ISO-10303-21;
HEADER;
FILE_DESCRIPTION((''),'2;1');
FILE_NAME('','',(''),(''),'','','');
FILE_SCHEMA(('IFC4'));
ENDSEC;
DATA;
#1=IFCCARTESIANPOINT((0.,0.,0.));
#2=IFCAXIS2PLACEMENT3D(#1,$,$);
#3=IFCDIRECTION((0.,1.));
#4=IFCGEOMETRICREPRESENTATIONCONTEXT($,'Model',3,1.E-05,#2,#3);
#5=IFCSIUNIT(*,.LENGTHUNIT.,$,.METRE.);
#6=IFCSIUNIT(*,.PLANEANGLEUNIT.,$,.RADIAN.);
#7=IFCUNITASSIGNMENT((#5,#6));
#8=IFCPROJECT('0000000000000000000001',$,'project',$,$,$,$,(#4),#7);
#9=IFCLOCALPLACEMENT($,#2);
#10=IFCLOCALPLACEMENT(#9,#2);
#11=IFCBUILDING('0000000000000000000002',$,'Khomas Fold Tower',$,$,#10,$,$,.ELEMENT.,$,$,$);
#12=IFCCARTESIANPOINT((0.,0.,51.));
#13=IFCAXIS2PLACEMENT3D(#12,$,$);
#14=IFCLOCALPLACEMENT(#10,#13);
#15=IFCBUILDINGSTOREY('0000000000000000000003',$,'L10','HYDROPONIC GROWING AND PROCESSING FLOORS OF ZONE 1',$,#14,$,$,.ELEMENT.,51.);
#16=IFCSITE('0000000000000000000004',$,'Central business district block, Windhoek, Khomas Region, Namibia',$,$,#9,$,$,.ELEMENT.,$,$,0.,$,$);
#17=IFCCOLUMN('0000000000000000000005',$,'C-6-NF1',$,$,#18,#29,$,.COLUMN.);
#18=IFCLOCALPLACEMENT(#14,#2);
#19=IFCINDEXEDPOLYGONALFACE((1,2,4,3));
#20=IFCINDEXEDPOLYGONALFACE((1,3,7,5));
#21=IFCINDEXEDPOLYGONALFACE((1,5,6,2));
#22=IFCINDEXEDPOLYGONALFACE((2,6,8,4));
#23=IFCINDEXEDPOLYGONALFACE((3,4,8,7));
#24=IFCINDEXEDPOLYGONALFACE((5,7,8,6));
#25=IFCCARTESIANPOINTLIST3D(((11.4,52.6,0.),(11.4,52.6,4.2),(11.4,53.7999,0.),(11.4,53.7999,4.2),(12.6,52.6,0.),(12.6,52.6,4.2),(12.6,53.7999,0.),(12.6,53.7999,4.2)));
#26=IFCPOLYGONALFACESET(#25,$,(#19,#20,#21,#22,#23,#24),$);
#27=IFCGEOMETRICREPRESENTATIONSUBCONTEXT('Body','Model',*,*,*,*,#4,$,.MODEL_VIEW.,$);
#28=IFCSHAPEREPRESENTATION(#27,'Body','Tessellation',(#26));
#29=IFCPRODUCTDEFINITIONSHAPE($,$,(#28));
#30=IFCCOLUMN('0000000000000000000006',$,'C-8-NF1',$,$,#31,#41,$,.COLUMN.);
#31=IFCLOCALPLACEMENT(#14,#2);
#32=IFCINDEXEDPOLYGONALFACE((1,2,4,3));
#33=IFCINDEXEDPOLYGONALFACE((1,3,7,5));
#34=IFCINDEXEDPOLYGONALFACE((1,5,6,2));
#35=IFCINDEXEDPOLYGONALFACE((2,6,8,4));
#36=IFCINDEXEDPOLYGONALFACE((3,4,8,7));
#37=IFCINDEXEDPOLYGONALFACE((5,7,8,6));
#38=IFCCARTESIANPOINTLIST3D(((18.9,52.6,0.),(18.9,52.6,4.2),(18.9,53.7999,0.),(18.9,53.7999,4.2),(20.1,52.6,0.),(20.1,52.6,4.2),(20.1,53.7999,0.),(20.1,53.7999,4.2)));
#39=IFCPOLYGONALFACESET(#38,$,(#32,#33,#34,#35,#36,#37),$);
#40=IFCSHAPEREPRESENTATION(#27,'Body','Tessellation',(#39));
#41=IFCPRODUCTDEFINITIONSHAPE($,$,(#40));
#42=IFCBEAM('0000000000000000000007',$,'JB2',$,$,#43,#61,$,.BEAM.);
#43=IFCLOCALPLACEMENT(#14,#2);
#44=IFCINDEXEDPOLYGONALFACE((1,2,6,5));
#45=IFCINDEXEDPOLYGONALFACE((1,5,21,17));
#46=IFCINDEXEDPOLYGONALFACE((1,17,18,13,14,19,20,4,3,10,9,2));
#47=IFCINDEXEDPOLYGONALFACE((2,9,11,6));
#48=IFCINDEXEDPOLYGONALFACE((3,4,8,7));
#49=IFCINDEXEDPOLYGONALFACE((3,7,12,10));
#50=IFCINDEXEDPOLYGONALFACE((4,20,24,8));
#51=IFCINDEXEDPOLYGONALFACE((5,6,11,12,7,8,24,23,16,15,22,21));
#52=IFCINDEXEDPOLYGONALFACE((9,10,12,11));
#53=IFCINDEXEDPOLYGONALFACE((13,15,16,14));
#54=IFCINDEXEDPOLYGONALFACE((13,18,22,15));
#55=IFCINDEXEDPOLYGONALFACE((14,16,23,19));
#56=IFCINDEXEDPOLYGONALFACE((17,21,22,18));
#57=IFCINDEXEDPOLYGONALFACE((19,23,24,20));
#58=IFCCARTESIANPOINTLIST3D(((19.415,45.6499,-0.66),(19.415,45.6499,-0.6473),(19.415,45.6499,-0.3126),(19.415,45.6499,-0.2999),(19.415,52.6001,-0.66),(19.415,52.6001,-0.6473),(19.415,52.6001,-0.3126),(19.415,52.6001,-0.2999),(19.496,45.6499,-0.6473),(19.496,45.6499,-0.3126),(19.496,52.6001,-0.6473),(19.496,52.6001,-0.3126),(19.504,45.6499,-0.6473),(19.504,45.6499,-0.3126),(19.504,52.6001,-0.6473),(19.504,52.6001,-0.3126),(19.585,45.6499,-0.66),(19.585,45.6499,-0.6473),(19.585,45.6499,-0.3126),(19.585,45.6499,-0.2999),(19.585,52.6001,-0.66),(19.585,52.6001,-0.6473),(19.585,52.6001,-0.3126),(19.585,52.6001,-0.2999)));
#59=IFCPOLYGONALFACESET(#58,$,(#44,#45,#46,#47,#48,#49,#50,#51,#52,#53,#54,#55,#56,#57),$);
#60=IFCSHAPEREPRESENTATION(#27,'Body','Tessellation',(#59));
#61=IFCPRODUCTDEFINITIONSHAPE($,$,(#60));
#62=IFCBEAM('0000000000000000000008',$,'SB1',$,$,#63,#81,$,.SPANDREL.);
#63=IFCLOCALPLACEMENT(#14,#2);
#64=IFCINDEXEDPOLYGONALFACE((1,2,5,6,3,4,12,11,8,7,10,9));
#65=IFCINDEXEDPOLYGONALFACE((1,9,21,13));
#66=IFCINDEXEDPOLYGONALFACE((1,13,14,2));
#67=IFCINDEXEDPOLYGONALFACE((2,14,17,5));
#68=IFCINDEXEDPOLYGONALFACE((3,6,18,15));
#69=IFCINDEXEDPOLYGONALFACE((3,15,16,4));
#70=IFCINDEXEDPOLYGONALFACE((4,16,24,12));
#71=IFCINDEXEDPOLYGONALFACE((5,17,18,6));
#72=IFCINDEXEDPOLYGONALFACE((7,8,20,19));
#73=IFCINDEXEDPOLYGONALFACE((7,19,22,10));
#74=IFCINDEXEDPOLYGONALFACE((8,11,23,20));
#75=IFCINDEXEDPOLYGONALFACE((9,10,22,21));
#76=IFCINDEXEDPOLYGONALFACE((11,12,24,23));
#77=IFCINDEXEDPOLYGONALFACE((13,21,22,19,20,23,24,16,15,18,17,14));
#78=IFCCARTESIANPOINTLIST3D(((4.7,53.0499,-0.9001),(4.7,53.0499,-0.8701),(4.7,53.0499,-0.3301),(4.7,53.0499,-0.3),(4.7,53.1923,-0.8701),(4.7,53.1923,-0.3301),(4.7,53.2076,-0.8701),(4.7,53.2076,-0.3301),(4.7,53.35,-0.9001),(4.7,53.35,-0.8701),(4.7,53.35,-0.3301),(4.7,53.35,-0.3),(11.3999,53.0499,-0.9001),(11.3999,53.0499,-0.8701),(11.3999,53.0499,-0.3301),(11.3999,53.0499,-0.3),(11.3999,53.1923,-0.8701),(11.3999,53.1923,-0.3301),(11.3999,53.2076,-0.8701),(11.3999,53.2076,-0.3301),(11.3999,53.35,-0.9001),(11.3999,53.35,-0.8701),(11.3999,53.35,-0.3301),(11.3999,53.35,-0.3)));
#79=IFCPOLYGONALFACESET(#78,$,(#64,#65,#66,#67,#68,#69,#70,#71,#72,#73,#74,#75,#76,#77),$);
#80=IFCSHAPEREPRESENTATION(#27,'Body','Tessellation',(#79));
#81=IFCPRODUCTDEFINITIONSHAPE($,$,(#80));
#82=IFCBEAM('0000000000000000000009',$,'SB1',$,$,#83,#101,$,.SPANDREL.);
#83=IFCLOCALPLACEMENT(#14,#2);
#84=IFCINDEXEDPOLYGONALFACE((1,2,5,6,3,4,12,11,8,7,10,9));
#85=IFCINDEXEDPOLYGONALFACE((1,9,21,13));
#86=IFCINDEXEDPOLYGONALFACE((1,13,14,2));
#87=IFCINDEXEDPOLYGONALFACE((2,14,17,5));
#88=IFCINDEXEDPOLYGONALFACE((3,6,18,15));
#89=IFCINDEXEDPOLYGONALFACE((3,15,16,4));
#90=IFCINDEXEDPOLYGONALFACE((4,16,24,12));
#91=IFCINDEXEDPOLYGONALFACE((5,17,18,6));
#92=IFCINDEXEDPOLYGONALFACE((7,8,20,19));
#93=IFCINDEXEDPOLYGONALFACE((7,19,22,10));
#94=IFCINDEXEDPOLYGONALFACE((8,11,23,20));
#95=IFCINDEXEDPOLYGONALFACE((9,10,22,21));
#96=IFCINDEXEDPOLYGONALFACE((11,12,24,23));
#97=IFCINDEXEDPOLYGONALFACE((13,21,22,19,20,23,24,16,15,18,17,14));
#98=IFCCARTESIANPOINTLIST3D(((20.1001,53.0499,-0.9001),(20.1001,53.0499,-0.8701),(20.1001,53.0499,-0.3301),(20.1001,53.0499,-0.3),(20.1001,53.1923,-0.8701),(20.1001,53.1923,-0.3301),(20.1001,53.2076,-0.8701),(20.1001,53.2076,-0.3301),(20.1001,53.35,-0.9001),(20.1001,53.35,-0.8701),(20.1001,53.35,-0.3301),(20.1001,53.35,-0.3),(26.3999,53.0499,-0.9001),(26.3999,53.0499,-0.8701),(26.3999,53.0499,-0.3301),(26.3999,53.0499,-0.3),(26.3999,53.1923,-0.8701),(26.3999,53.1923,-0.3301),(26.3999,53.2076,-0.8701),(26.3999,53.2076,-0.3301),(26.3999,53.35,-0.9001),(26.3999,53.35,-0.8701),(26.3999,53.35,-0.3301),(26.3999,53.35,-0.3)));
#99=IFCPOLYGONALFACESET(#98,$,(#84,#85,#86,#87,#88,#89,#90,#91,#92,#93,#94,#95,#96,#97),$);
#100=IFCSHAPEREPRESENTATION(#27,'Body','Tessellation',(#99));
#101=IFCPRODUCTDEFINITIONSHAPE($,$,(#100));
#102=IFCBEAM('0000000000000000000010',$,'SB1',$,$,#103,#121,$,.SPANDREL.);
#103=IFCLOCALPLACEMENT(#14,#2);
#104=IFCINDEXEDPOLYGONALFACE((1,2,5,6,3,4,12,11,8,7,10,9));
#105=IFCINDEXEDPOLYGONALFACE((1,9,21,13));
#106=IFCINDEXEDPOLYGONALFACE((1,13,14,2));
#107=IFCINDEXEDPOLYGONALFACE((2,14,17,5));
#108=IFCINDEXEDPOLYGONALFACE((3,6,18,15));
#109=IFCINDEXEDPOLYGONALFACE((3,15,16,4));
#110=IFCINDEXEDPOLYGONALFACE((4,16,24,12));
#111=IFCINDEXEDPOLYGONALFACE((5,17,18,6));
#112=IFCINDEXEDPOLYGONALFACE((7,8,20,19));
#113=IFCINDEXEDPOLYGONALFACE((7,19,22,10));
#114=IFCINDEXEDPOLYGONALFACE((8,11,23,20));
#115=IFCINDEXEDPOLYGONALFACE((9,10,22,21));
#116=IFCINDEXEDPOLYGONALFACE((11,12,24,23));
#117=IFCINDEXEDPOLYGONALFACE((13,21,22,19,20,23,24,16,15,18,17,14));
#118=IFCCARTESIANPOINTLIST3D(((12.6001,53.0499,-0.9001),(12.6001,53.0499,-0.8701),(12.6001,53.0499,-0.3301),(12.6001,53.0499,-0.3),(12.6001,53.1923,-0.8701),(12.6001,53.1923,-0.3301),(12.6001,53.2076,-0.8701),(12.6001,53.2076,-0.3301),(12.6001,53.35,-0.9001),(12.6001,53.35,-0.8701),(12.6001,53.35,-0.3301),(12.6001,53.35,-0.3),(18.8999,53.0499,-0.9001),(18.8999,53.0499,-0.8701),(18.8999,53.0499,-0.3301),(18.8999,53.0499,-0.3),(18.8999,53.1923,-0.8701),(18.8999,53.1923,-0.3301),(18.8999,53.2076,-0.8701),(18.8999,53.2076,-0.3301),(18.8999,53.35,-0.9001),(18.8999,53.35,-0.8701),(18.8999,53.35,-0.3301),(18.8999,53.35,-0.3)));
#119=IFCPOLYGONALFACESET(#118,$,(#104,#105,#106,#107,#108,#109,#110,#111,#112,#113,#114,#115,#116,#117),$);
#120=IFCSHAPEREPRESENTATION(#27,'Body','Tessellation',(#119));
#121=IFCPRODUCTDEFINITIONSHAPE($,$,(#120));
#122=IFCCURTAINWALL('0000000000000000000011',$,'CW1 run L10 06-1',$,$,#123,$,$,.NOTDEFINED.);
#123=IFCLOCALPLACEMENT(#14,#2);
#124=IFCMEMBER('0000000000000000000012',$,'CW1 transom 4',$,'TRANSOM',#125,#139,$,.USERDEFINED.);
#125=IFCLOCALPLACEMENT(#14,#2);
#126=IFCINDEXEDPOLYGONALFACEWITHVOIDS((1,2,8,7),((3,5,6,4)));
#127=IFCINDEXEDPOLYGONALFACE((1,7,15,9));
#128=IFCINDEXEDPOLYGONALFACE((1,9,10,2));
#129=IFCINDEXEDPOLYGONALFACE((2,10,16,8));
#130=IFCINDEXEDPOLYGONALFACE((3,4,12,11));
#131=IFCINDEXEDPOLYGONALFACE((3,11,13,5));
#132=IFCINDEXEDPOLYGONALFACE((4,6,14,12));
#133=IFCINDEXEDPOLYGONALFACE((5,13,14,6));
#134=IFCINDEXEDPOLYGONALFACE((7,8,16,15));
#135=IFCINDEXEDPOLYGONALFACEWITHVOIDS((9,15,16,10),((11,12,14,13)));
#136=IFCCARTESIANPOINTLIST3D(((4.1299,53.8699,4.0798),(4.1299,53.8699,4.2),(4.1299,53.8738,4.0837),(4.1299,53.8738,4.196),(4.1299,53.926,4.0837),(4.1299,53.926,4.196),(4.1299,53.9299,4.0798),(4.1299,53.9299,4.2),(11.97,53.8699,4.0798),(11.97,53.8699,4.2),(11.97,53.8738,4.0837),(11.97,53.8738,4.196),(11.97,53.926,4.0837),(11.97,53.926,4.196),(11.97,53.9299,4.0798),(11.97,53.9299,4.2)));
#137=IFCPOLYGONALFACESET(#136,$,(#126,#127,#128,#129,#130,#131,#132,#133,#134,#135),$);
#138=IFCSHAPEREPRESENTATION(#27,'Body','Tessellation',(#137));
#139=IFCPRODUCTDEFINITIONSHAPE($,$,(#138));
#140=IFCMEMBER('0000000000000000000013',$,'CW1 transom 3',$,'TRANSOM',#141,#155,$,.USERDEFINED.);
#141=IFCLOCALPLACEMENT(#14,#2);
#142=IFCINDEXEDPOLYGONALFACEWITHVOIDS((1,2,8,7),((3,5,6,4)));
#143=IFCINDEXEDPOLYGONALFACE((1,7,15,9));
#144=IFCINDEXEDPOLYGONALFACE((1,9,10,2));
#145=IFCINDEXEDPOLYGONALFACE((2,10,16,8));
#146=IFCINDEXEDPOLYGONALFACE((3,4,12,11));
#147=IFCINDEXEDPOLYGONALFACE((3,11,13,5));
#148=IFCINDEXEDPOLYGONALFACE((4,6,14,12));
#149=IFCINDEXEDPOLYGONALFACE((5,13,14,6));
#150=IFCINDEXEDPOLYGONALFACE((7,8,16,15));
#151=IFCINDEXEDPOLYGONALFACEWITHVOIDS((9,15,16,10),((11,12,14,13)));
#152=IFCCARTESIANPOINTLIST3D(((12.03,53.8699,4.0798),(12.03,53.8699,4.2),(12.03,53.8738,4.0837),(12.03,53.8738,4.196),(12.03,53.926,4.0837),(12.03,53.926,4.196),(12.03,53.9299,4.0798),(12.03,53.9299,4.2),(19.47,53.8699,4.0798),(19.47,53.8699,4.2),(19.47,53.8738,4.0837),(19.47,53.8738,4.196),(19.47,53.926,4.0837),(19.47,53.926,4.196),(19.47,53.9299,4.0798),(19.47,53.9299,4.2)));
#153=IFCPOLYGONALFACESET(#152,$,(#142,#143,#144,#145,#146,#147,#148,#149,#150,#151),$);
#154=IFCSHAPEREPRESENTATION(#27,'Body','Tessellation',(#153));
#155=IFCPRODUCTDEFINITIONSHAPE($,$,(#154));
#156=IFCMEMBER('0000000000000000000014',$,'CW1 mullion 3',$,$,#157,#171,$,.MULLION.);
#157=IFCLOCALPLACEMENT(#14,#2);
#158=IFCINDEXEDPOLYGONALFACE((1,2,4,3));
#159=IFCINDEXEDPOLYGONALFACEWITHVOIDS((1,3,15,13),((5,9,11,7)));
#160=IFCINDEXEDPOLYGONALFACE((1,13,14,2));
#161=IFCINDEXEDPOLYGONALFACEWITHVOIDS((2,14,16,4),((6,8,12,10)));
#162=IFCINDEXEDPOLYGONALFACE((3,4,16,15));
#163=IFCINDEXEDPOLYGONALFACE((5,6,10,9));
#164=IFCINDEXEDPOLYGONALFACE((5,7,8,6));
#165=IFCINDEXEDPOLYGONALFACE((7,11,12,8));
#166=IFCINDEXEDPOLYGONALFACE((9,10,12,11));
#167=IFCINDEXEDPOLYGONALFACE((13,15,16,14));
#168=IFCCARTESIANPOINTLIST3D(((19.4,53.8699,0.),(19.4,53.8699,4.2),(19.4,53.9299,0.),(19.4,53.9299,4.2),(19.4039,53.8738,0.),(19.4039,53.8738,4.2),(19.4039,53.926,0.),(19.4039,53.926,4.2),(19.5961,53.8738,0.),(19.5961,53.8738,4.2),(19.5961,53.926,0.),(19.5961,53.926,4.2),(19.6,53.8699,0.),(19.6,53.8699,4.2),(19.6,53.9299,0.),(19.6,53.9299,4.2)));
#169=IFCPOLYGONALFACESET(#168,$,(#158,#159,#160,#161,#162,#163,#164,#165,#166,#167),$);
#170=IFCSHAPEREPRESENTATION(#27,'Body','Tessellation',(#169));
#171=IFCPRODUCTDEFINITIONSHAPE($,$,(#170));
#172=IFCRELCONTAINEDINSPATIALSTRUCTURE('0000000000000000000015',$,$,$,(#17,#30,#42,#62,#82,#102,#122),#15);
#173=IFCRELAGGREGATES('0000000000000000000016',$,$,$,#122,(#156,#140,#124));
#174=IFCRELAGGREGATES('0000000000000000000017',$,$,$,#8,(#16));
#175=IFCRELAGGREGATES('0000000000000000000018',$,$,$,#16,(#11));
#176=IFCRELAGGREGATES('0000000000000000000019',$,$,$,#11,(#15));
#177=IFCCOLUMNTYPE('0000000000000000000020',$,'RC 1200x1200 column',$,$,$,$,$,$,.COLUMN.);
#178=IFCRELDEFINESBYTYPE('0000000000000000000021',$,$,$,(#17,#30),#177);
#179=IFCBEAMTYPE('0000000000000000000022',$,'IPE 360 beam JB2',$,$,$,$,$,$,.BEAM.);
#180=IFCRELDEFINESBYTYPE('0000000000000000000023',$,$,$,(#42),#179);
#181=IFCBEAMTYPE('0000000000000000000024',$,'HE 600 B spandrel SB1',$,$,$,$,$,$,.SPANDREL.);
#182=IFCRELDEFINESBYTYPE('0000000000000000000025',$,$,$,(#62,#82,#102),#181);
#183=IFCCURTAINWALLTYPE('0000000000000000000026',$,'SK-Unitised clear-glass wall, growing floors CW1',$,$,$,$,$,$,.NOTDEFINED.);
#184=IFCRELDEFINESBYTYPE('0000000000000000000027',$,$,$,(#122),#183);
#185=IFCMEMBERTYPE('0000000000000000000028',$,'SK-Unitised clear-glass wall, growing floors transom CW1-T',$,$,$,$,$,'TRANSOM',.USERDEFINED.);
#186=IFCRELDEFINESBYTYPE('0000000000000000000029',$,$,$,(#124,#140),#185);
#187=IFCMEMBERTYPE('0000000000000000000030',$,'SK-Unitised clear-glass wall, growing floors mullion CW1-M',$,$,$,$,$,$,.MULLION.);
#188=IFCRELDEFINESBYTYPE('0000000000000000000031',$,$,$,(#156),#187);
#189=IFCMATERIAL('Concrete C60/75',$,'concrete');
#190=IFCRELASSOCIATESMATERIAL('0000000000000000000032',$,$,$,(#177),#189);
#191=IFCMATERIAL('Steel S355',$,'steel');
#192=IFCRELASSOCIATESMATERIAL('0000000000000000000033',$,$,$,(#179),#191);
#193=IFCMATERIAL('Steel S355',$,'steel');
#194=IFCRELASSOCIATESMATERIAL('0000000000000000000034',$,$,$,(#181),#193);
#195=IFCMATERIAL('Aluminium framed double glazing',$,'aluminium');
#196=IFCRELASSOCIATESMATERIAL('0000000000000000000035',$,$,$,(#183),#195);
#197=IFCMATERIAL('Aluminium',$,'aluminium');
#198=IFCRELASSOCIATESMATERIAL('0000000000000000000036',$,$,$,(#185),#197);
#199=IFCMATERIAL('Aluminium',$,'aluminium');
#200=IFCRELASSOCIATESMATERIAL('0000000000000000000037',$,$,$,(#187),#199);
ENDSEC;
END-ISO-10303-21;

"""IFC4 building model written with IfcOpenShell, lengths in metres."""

from ifc_helpers import new_model, si_unit, direction, frame, origin, origin_2d, place, context, subcontext, project, spatial, rectangle, hollow_rectangle, i_section, extrude, source, transform, mapped, material, material_profile, profile_set, type_object, element, aggregate, save


model = new_model("IFC4")

# Units and contexts
model_context = context("Model", 3, precision=1e-05, world=origin(), true_north=direction((0.0, 1.0)))
body_context = subcontext(model_context, "Body", "Model", "MODEL_VIEW")
ifc_project = project(units=[si_unit("LENGTHUNIT", "METRE"), si_unit("PLANEANGLEUNIT", "RADIAN")], contexts=[model_context])

# Site, building, storey
site_placement = place(None, origin())
site = spatial("IfcSite", under=ifc_project, at=site_placement, Name="Central business district block, Windhoek, Khomas Region, Namibia", CompositionType="ELEMENT", RefElevation=0.0)
building_placement = place(site_placement, origin())
building = spatial("IfcBuilding", under=site, at=building_placement, Name="Khomas Fold Tower", CompositionType="ELEMENT")
storey_placement = place(building_placement, frame((0.0, 0.0, 51.0)))
storey = spatial("IfcBuildingStorey", under=building, at=storey_placement, Name="L10", Description="HYDROPONIC GROWING AND PROCESSING FLOORS OF ZONE 1", CompositionType="ELEMENT", Elevation=51.0)

# Columns
ifc_material_1 = material(Name="Concrete C60/75", Category="concrete")
ifc_material_profile_1 = material_profile(ifc_material_1, rectangle(XDim=1.2, YDim=1.2, at=origin_2d()), Name="RC 1200x1200")
ifc_profile_set_1 = profile_set([ifc_material_profile_1], Name="Concrete C60/75")
column_type = type_object("IfcColumnType", Name="RC 1200x1200 column", PredefinedType="COLUMN", material=ifc_profile_set_1)
shared_shape_1 = source(origin(), body_context, "Body", "SweptSolid", [
    extrude(rectangle(XDim=1.2, YDim=1.2, at=origin_2d()), origin(), (0.0, 0.0, 1.0), 4.2),
])
for number, where, z_axis, x_axis, name in (
    (1, (12.0, 53.2, 0.0), (0.0, 0.0, 1.0), (1.0, 0.0, 0.0), "C-6-NF1"),
    (2, (19.5, 53.2, 0.0), (0.0, 0.0, 1.0), (1.0, 0.0, 0.0), "C-8-NF1"),
):
    element("IfcColumn", number, at=place(storey_placement, frame(where, z_axis=z_axis, x_axis=x_axis)), inside=storey, type_object=column_type, Name=name, PredefinedType="COLUMN", context=body_context, shape_type="MappedRepresentation", body=[
        mapped(shared_shape_1, transform((0.0, 0.0, 0.0))),
    ])

# Beams
ifc_material_2 = material(Name="Steel S355", Category="steel")
ifc_material_profile_2 = material_profile(ifc_material_2, i_section(OverallWidth=0.1699, OverallDepth=0.3601, WebThickness=0.0081, FlangeThickness=0.0127, at=origin_2d()), Name="IPE 360")
ifc_profile_set_2 = profile_set([ifc_material_profile_2], Name="Steel S355")
beam_type_1 = type_object("IfcBeamType", Name="IPE 360 beam JB2", PredefinedType="BEAM", material=ifc_profile_set_2)
shared_shape_2 = source(origin(), body_context, "Body", "SweptSolid", [
    extrude(i_section(OverallWidth=0.1699, OverallDepth=0.3601, WebThickness=0.0081, FlangeThickness=0.0127, at=origin_2d()), origin(), (0.0, 0.0, 1.0), 6.9502),
])
beam_1_placement = place(storey_placement, frame((19.5, 45.6499, -0.48), z_axis=(0.0, 1.0, 0.0), x_axis=(-1.0, 0.0, 0.0)))
element("IfcBeam", 3, at=beam_1_placement, inside=storey, type_object=beam_type_1, Name="JB2", PredefinedType="BEAM", context=body_context, shape_type="MappedRepresentation", body=[
    mapped(shared_shape_2, transform((0.0, 0.0, 0.0))),
])
ifc_material_3 = material(Name="Steel S355", Category="steel")
ifc_material_profile_3 = material_profile(ifc_material_3, i_section(OverallWidth=0.3, OverallDepth=0.6001, WebThickness=0.0154, FlangeThickness=0.03, at=origin_2d()), Name="HE 600 B")
ifc_profile_set_3 = profile_set([ifc_material_profile_3], Name="Steel S355")
beam_type_2 = type_object("IfcBeamType", Name="HE 600 B spandrel SB1", PredefinedType="SPANDREL", material=ifc_profile_set_3)
shared_shape_3 = source(origin(), body_context, "Body", "SweptSolid", [
    extrude(i_section(OverallWidth=0.3, OverallDepth=0.6001, WebThickness=0.0154, FlangeThickness=0.03, at=origin_2d()), origin(), (0.0, 0.0, 1.0), 6.7),
])
beam_2_placement = place(storey_placement, frame((4.7, 53.2, -0.6001), z_axis=(1.0, 0.0, 0.0), x_axis=(0.0, 1.0, 0.0)))
element("IfcBeam", 4, at=beam_2_placement, inside=storey, type_object=beam_type_2, Name="SB1", PredefinedType="SPANDREL", context=body_context, shape_type="MappedRepresentation", body=[
    mapped(shared_shape_3, transform((0.0, 0.0, 0.0))),
])
shared_shape_4 = source(origin(), body_context, "Body", "SweptSolid", [
    extrude(i_section(OverallWidth=0.3, OverallDepth=0.6001, WebThickness=0.0154, FlangeThickness=0.03, at=origin_2d()), origin(), (0.0, 0.0, 1.0), 6.2998),
])
for number, where, z_axis, x_axis, name in (
    (5, (20.1001, 53.2, -0.6001), (1.0, 0.0, 0.0), (0.0, 1.0, 0.0), "SB1"),
    (6, (12.6001, 53.2, -0.6001), (1.0, 0.0, 0.0), (0.0, 1.0, 0.0), "SB1"),
):
    element("IfcBeam", number, at=place(storey_placement, frame(where, z_axis=z_axis, x_axis=x_axis)), inside=storey, type_object=beam_type_2, Name=name, PredefinedType="SPANDREL", context=body_context, shape_type="MappedRepresentation", body=[
        mapped(shared_shape_4, transform((0.0, 0.0, 0.0))),
    ])

# Curtain wall, members
ifc_material_4 = material(Name="Aluminium framed double glazing", Category="aluminium")
curtain_wall_type = type_object("IfcCurtainWallType", Name="SK-Unitised clear-glass wall, growing floors CW1", PredefinedType="NOTDEFINED", material=ifc_material_4)
curtain_wall_placement = place(storey_placement, origin())
curtain_wall = element("IfcCurtainWall", 7, at=curtain_wall_placement, inside=storey, type_object=curtain_wall_type, Name="CW1 run L10 06-1", PredefinedType="NOTDEFINED")
ifc_material_5 = material(Name="Aluminium", Category="aluminium")
ifc_material_profile_4 = material_profile(ifc_material_5, hollow_rectangle(XDim=0.0601, YDim=0.1201, WallThickness=0.0039, at=origin_2d()), Name="SK-Unitised clear-glass wall, growing floors transom CW1-T")
ifc_profile_set_4 = profile_set([ifc_material_profile_4], Name="Aluminium")
member_type_1 = type_object("IfcMemberType", Name="SK-Unitised clear-glass wall, growing floors transom CW1-T", ElementType="TRANSOM", PredefinedType="USERDEFINED", material=ifc_profile_set_4)
shared_shape_5 = source(origin(), body_context, "Body", "SweptSolid", [
    extrude(hollow_rectangle(XDim=0.0601, YDim=0.1201, WallThickness=0.0039, at=origin_2d()), origin(), (0.0, 0.0, 1.0), 7.8401),
])
member_1_placement = place(storey_placement, frame((11.97, 53.8999, 4.1399), z_axis=(-1.0, 0.0, 0.0), x_axis=(0.0, -1.0, 0.0)))
member_1 = element("IfcMember", 8, at=member_1_placement, type_object=member_type_1, Name="CW1 transom 4", ObjectType="TRANSOM", PredefinedType="USERDEFINED", context=body_context, shape_type="MappedRepresentation", body=[
    mapped(shared_shape_5, transform((0.0, 0.0, 0.0))),
])
shared_shape_6 = source(origin(), body_context, "Body", "SweptSolid", [
    extrude(hollow_rectangle(XDim=0.0601, YDim=0.1201, WallThickness=0.0039, at=origin_2d()), origin(), (0.0, 0.0, 1.0), 7.4399),
])
member_2_placement = place(storey_placement, frame((19.47, 53.8999, 4.1399), z_axis=(-1.0, 0.0, 0.0), x_axis=(0.0, -1.0, 0.0)))
member_2 = element("IfcMember", 9, at=member_2_placement, type_object=member_type_1, Name="CW1 transom 3", ObjectType="TRANSOM", PredefinedType="USERDEFINED", context=body_context, shape_type="MappedRepresentation", body=[
    mapped(shared_shape_6, transform((0.0, 0.0, 0.0))),
])
ifc_material_6 = material(Name="Aluminium", Category="aluminium")
ifc_material_profile_5 = material_profile(ifc_material_6, hollow_rectangle(XDim=0.0601, YDim=0.2, WallThickness=0.0039, at=origin_2d()), Name="SK-Unitised clear-glass wall, growing floors mullion CW1-M")
ifc_profile_set_5 = profile_set([ifc_material_profile_5], Name="Aluminium")
member_type_2 = type_object("IfcMemberType", Name="SK-Unitised clear-glass wall, growing floors mullion CW1-M", PredefinedType="MULLION", material=ifc_profile_set_5)
shared_shape_7 = source(origin(), body_context, "Body", "SweptSolid", [
    extrude(hollow_rectangle(XDim=0.0601, YDim=0.2, WallThickness=0.0039, at=origin_2d()), origin(), (0.0, 0.0, 1.0), 4.2),
])
member_3_placement = place(storey_placement, frame((19.5, 53.8999, 0.0), z_axis=(0.0, 0.0, 1.0), x_axis=(0.0, -1.0, 0.0)))
member_3 = element("IfcMember", 10, at=member_3_placement, type_object=member_type_2, Name="CW1 mullion 3", PredefinedType="MULLION", context=body_context, shape_type="MappedRepresentation", body=[
    mapped(shared_shape_7, transform((0.0, 0.0, 0.0))),
])
aggregate(curtain_wall, [member_3, member_2, member_1])

save(model, "model.ifc")
